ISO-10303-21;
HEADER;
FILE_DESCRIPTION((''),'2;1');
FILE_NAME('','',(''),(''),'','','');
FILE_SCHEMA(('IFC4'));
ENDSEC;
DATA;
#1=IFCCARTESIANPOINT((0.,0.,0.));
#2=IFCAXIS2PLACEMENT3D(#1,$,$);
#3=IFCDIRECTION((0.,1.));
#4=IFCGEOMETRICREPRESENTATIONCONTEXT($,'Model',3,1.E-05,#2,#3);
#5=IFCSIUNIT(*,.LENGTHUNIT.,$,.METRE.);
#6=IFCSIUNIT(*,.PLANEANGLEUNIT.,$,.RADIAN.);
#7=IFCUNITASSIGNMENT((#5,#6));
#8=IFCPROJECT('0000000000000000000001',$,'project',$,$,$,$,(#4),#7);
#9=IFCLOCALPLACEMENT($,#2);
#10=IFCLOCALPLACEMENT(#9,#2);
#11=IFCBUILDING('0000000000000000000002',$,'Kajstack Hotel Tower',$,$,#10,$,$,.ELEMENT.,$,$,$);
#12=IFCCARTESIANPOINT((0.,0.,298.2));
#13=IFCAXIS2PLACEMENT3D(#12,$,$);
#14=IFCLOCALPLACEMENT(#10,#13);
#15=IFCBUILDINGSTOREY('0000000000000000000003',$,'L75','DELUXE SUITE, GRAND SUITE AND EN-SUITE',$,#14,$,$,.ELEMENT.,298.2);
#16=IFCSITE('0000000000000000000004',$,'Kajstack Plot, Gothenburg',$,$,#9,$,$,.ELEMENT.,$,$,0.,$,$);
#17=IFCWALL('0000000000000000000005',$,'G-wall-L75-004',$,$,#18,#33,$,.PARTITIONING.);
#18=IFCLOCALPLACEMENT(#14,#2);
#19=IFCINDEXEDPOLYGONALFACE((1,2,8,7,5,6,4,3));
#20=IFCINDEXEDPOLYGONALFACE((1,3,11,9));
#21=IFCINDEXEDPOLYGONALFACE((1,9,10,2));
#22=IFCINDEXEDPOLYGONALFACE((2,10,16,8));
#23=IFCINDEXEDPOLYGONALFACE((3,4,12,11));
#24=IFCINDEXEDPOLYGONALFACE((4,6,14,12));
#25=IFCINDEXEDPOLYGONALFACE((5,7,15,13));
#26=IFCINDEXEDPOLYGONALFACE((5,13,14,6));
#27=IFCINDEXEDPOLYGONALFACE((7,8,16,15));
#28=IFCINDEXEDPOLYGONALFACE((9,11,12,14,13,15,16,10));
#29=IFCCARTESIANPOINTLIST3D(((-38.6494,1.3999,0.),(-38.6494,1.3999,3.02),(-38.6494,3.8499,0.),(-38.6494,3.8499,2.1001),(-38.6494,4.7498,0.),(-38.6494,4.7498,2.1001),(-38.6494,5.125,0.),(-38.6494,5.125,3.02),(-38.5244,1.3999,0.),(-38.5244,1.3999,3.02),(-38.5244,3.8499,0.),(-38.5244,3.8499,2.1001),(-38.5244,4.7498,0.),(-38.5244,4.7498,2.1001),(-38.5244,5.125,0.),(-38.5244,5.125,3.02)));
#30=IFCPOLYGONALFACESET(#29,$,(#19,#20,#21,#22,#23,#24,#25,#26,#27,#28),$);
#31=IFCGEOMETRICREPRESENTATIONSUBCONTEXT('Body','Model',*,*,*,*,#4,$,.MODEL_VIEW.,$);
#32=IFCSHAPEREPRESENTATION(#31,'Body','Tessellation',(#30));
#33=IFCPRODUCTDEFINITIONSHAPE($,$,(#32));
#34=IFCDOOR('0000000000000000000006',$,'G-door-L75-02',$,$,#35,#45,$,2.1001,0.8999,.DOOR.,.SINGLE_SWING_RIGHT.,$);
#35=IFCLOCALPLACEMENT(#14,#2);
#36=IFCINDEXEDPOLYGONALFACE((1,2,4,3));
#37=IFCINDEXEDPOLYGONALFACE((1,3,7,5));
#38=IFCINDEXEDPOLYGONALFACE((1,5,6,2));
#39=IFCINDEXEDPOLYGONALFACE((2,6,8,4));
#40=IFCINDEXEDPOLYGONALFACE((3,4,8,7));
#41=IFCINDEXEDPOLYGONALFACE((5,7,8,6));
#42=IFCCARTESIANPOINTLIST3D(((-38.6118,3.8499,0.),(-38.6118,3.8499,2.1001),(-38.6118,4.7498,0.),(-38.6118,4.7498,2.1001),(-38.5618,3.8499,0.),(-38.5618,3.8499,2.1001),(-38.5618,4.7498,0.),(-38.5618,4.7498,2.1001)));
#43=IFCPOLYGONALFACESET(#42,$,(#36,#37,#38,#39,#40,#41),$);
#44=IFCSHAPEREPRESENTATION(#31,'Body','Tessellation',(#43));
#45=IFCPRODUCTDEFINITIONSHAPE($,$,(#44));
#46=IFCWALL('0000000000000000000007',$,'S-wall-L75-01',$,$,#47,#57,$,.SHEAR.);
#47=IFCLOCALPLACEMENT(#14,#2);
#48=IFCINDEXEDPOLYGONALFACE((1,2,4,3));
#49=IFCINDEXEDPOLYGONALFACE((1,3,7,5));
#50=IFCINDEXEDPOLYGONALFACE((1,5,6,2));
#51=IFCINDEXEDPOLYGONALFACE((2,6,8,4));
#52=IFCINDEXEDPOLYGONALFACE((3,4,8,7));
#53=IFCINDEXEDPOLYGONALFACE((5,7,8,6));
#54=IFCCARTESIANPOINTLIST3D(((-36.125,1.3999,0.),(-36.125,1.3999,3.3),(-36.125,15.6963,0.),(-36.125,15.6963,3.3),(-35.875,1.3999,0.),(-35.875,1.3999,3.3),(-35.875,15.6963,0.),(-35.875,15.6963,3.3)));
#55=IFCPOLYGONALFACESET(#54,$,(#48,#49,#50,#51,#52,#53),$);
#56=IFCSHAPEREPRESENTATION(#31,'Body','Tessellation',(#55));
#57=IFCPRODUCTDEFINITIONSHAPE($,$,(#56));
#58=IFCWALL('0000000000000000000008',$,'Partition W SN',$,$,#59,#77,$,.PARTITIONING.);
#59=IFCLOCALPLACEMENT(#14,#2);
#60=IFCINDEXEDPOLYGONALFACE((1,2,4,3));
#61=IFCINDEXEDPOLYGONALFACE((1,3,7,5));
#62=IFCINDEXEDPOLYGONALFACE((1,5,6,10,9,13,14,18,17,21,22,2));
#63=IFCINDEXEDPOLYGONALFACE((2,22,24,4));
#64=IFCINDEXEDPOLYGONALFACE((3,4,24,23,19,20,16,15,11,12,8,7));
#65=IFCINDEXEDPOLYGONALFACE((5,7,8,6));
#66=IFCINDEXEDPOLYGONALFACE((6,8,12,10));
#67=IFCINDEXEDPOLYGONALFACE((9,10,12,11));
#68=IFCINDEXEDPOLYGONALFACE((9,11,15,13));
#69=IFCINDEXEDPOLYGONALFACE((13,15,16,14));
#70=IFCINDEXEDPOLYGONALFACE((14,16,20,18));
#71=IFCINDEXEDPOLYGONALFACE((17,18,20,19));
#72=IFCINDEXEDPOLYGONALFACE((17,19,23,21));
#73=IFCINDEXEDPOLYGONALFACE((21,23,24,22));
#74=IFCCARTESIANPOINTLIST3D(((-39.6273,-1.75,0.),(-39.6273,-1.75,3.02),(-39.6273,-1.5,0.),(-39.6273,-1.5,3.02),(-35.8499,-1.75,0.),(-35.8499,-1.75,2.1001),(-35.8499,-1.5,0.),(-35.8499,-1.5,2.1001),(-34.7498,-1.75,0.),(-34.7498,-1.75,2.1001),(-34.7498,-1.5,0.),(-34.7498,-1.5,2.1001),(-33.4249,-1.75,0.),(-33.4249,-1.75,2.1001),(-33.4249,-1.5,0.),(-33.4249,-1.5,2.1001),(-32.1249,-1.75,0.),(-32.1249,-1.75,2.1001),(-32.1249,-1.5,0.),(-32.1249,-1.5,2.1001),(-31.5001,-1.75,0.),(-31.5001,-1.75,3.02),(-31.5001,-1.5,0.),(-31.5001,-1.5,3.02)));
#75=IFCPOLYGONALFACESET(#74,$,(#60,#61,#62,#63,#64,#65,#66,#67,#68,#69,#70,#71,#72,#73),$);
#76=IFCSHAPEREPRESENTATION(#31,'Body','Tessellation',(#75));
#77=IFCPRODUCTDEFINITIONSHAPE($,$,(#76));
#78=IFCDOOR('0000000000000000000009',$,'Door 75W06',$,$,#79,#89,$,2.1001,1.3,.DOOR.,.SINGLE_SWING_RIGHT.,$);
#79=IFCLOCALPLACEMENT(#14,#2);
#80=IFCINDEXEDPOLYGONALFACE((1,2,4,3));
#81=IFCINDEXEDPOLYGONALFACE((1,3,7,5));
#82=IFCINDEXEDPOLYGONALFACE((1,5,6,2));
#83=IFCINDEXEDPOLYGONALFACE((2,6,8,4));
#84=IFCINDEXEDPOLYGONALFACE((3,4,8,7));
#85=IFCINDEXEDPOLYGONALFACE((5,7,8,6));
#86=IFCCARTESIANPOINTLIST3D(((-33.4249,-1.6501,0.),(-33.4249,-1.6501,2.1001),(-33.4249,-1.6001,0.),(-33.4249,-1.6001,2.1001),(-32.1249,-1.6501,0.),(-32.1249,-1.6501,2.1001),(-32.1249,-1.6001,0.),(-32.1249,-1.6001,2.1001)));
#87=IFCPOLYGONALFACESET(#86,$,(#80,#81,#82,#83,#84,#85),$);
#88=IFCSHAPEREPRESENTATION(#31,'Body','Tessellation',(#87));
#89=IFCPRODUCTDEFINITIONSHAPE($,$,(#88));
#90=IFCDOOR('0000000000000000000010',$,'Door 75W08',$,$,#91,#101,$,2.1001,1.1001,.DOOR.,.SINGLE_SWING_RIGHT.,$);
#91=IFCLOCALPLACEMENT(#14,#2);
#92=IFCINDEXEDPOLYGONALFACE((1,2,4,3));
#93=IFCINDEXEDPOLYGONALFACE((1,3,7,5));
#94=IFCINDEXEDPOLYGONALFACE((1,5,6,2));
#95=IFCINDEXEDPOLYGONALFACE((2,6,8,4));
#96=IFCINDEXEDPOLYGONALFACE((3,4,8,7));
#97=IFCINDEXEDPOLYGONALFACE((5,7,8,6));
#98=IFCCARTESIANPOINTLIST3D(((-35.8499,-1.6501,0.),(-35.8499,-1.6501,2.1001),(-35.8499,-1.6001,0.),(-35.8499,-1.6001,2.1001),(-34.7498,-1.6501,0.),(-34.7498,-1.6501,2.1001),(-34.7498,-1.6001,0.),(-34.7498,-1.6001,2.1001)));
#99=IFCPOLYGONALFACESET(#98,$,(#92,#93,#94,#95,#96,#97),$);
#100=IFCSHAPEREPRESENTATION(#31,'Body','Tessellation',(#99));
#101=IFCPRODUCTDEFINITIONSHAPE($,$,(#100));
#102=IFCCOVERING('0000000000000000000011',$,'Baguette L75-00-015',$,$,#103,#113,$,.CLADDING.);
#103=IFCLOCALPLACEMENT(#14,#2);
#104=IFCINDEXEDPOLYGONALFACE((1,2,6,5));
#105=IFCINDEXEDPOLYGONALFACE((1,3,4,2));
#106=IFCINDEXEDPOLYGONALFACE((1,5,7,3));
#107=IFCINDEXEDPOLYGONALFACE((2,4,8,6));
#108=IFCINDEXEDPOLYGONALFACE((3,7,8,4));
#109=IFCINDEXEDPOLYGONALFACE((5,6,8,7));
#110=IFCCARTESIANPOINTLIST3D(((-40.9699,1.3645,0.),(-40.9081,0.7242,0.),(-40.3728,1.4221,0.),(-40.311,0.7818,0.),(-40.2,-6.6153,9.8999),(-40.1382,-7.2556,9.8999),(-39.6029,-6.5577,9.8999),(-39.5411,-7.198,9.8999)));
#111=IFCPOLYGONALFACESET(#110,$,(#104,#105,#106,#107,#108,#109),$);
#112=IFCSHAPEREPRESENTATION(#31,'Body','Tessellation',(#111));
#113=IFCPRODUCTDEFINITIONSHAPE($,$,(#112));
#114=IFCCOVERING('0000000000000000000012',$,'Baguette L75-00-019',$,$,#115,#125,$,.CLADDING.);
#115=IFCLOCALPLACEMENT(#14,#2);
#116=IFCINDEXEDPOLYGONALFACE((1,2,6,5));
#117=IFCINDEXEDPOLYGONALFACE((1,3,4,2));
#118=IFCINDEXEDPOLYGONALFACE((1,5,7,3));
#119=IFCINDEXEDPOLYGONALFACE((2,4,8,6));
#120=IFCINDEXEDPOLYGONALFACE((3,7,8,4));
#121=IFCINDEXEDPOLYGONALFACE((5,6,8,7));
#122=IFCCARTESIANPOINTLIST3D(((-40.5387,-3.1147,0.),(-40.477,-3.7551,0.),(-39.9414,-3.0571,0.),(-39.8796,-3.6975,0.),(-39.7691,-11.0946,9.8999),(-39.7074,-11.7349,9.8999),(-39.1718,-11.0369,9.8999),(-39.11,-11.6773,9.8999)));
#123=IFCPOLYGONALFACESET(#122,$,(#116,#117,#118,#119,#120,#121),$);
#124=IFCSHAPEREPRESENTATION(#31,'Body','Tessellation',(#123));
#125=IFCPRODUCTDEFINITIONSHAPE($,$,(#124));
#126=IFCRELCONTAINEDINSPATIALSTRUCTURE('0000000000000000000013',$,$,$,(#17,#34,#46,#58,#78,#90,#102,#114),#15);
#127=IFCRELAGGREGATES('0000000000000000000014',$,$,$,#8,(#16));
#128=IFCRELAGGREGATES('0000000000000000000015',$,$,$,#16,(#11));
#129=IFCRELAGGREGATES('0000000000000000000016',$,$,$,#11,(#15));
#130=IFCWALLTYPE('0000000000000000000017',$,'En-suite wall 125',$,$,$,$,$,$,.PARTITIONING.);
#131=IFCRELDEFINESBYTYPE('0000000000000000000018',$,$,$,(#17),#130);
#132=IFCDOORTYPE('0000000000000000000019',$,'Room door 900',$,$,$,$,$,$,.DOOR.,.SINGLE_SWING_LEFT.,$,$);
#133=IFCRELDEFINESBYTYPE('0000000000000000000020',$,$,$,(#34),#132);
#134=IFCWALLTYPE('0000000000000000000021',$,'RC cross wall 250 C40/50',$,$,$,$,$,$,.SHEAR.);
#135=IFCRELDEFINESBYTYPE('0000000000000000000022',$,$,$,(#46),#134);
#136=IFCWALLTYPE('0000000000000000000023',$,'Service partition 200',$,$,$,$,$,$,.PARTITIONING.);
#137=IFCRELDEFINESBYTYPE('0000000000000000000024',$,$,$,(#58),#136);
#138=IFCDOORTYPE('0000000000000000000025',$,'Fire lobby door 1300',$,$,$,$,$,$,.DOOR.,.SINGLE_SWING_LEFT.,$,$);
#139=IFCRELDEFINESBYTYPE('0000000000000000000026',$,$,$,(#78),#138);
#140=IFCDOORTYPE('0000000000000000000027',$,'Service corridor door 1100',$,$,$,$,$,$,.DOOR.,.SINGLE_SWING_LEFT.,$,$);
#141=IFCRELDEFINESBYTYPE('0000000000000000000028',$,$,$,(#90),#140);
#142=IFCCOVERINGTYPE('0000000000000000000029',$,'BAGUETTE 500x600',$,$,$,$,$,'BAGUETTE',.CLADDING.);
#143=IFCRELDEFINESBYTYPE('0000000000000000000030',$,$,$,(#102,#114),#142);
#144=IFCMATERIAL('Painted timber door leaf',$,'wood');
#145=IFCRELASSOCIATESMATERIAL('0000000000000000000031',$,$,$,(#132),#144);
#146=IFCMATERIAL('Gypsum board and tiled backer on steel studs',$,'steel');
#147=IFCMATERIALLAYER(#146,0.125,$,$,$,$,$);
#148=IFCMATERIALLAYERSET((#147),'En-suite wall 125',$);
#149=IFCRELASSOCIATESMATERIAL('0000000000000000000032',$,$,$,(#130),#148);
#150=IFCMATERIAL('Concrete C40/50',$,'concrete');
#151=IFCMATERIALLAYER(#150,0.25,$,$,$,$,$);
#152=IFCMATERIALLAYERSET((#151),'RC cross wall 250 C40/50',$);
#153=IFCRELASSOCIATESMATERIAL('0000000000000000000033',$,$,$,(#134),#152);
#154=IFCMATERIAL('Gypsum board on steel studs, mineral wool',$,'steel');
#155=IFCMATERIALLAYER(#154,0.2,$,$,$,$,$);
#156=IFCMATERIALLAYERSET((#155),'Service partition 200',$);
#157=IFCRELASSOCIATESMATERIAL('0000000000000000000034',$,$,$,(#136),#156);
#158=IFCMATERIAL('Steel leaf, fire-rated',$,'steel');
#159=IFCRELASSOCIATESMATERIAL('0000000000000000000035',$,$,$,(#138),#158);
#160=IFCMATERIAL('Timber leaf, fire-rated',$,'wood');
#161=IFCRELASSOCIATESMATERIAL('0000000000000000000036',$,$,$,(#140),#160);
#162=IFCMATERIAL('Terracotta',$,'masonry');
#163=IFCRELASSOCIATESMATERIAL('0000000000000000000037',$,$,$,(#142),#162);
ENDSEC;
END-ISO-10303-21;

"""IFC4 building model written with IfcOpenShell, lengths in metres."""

from ifc_helpers import new_model, si_unit, direction, frame, frame_2d, origin, origin_2d, place, context, subcontext, project, spatial, polyline, rectangle, outline, extrude, material, layer, layer_set, material_profile, profile_set, type_object, element, fill, save


model = new_model("IFC4")

# Units and contexts
model_context = context("Model", 3, precision=1e-05, world=origin(), true_north=direction((0.0, 1.0)))
body_context = subcontext(model_context, "Body", "Model", "MODEL_VIEW")
ifc_project = project(units=[si_unit("LENGTHUNIT", "METRE"), si_unit("PLANEANGLEUNIT", "RADIAN")], contexts=[model_context])

# Site, building, storey
site_placement = place(None, origin())
site = spatial("IfcSite", under=ifc_project, at=site_placement, Name="Kajstack Plot, Gothenburg", CompositionType="ELEMENT", RefElevation=0.0)
building_placement = place(site_placement, origin())
building = spatial("IfcBuilding", under=site, at=building_placement, Name="Kajstack Hotel Tower", CompositionType="ELEMENT")
storey_placement = place(building_placement, frame((0.0, 0.0, 298.2)))
storey = spatial("IfcBuildingStorey", under=building, at=storey_placement, Name="L75", Description="DELUXE SUITE, GRAND SUITE AND EN-SUITE", CompositionType="ELEMENT", Elevation=298.2)

# Shared definitions
ifc_material_1 = material(Name="Gypsum board on steel studs, mineral wool", Category="steel")
ifc_material_2 = material(Name="Painted timber door leaf", Category="wood")
door_type_1 = type_object("IfcDoorType", Name="Room door 900", OperationType="SINGLE_SWING_LEFT", PredefinedType="DOOR", material=ifc_material_2)

# Wall, opening, door
ifc_material_3 = material(Name="Gypsum board and tiled backer on steel studs", Category="steel")
ifc_layer_1 = layer(ifc_material_3, 0.125)
ifc_layer_set_1 = layer_set([ifc_layer_1], Name="En-suite wall 125")
wall_type_1 = type_object("IfcWallType", Name="En-suite wall 125", PredefinedType="PARTITIONING", material=ifc_layer_set_1)
wall_1_placement = place(storey_placement, frame((-38.5869, 1.3999, 0.0), z_axis=(0.0, 0.0, 1.0), x_axis=(0.0, 1.0, 0.0)))
wall_1 = element("IfcWall", 1, at=wall_1_placement, inside=storey, type_object=wall_type_1, Name="G-wall-L75-004", PredefinedType="PARTITIONING", context=body_context, shape_type="SweptSolid", body=[
    extrude(rectangle(XDim=3.7251, YDim=0.125, at=frame_2d((1.8625, 0.0))), origin(), (0.0, 0.0, 1.0), 3.02),
])
opening_1_placement = place(wall_1_placement, frame((2.45, 0.0, 0.0)))
opening_1 = element("IfcOpeningElement", 2, at=opening_1_placement, cuts=wall_1, PredefinedType="OPENING", context=body_context, shape_type="SweptSolid", body=[
    extrude(rectangle(XDim=0.8999, YDim=2.1001, at=frame_2d((0.45, 1.05))), frame((0.0, 0.0725, 0.0), z_axis=(0.0, -1.0, 0.0), x_axis=(1.0, 0.0, 0.0)), (0.0, 0.0, 1.0), 0.145),
])
door_1_placement = place(opening_1_placement, origin())
door_1 = element("IfcDoor", 3, at=door_1_placement, inside=storey, type_object=door_type_1, Name="G-door-L75-02", OperationType="SINGLE_SWING_RIGHT", OverallHeight=2.1001, OverallWidth=0.8999, PredefinedType="DOOR", context=body_context, shape_type="SweptSolid", body=[
    extrude(rectangle(XDim=0.8999, YDim=2.1001, at=frame_2d((0.45, 1.05))), frame((0.0, 0.0249, 0.0), z_axis=(0.0, -1.0, 0.0), x_axis=(1.0, 0.0, 0.0)), (0.0, 0.0, 1.0), 0.05),
])
fill(opening_1, door_1)

# Wall
ifc_material_4 = material(Name="Concrete C40/50", Category="concrete")
ifc_layer_2 = layer(ifc_material_4, 0.25)
ifc_layer_set_2 = layer_set([ifc_layer_2], Name="RC cross wall 250 C40/50")
wall_type_2 = type_object("IfcWallType", Name="RC cross wall 250 C40/50", PredefinedType="SHEAR", material=ifc_layer_set_2)
wall_2_placement = place(storey_placement, frame((-36.0, 1.3999, 0.0), z_axis=(0.0, 0.0, 1.0), x_axis=(0.0, 1.0, 0.0)))
element("IfcWall", 4, at=wall_2_placement, inside=storey, type_object=wall_type_2, Name="S-wall-L75-01", PredefinedType="SHEAR", context=body_context, shape_type="SweptSolid", body=[
    extrude(rectangle(XDim=14.2964, YDim=0.25, at=frame_2d((7.1482, 0.0))), origin(), (0.0, 0.0, 1.0), 3.3),
])

# Wall, openings, doors
ifc_layer_3 = layer(ifc_material_1, 0.2)
ifc_layer_set_3 = layer_set([ifc_layer_3], Name="Service partition 200")
wall_type_3 = type_object("IfcWallType", Name="Service partition 200", PredefinedType="PARTITIONING", material=ifc_layer_set_3)
wall_3_placement = place(storey_placement, frame((-39.6272, -1.625, 0.0), z_axis=(0.0, 0.0, 1.0), x_axis=(1.0, 0.0, 0.0)))
wall_3 = element("IfcWall", 5, at=wall_3_placement, inside=storey, type_object=wall_type_3, Name="Partition W SN", PredefinedType="PARTITIONING", context=body_context, shape_type="SweptSolid", body=[
    extrude(rectangle(XDim=8.1272, YDim=0.25, at=frame_2d((4.0635, 0.0))), origin(), (0.0, 0.0, 1.0), 3.02),
])
opening_2_placement = place(wall_3_placement, frame((6.2024, 0.0, 0.0)))
opening_2 = element("IfcOpeningElement", 6, at=opening_2_placement, cuts=wall_3, PredefinedType="OPENING", context=body_context, shape_type="SweptSolid", body=[
    extrude(rectangle(XDim=1.3, YDim=2.1001, at=frame_2d((0.6499, 1.05))), frame((0.0, 0.135, 0.0), z_axis=(0.0, -1.0, 0.0), x_axis=(1.0, 0.0, 0.0)), (0.0, 0.0, 1.0), 0.27),
])
opening_3_placement = place(wall_3_placement, frame((3.7773, 0.0, 0.0)))
opening_3 = element("IfcOpeningElement", 7, at=opening_3_placement, cuts=wall_3, PredefinedType="OPENING", context=body_context, shape_type="SweptSolid", body=[
    extrude(rectangle(XDim=1.1001, YDim=2.1001, at=frame_2d((0.55, 1.05))), frame((0.0, 0.135, 0.0), z_axis=(0.0, -1.0, 0.0), x_axis=(1.0, 0.0, 0.0)), (0.0, 0.0, 1.0), 0.27),
])
ifc_material_5 = material(Name="Steel leaf, fire-rated", Category="steel")
door_type_2 = type_object("IfcDoorType", Name="Fire lobby door 1300", OperationType="SINGLE_SWING_LEFT", PredefinedType="DOOR", material=ifc_material_5)
door_2_placement = place(opening_2_placement, origin())
door_2 = element("IfcDoor", 8, at=door_2_placement, inside=storey, type_object=door_type_2, Name="Door 75W06", OperationType="SINGLE_SWING_RIGHT", OverallHeight=2.1001, OverallWidth=1.3, PredefinedType="DOOR", context=body_context, shape_type="SweptSolid", body=[
    extrude(rectangle(XDim=1.3, YDim=2.1001, at=frame_2d((0.6499, 1.05))), frame((0.0, 0.0249, 0.0), z_axis=(0.0, -1.0, 0.0), x_axis=(1.0, 0.0, 0.0)), (0.0, 0.0, 1.0), 0.05),
])
fill(opening_2, door_2)
ifc_material_6 = material(Name="Timber leaf, fire-rated", Category="wood")
door_type_3 = type_object("IfcDoorType", Name="Service corridor door 1100", OperationType="SINGLE_SWING_LEFT", PredefinedType="DOOR", material=ifc_material_6)
door_3_placement = place(opening_3_placement, origin())
door_3 = element("IfcDoor", 9, at=door_3_placement, inside=storey, type_object=door_type_3, Name="Door 75W08", OperationType="SINGLE_SWING_RIGHT", OverallHeight=2.1001, OverallWidth=1.1001, PredefinedType="DOOR", context=body_context, shape_type="SweptSolid", body=[
    extrude(rectangle(XDim=1.1001, YDim=2.1001, at=frame_2d((0.55, 1.05))), frame((0.0, 0.0249, 0.0), z_axis=(0.0, -1.0, 0.0), x_axis=(1.0, 0.0, 0.0)), (0.0, 0.0, 1.0), 0.05),
])
fill(opening_3, door_3)

# Coverings
ifc_material_7 = material(Name="Terracotta", Category="masonry")
ifc_material_profile = material_profile(ifc_material_7, rectangle(XDim=0.6001, YDim=0.5, at=origin_2d()), Name="Terracotta-clad concrete baguette 500 x 600")
ifc_profile_set = profile_set([ifc_material_profile], Name="Terracotta")
covering_type = type_object("IfcCoveringType", Name="BAGUETTE 500x600", ElementType="BAGUETTE", PredefinedType="CLADDING", material=ifc_profile_set)
covering_1_placement = place(storey_placement, frame((-40.3728, 1.4221, 0.0), z_axis=(-0.995378, -0.096038, 0.0), x_axis=(0.096038, -0.995378, 0.0)))
element("IfcCovering", 10, at=covering_1_placement, inside=storey, type_object=covering_type, Name="Baguette L75-00-015", PredefinedType="CLADDING", context=body_context, shape_type="SweptSolid", body=[
    extrude(outline(polyline([(8.0168, 9.8999), (0.0, 0.0), (0.6433, 0.0), (8.6602, 9.8999), (8.0168, 9.8999)])), origin(), (0.0, 0.0, 1.0), 0.5999),
])
covering_2_placement = place(storey_placement, frame((-39.9414, -3.0571, 0.0), z_axis=(-0.995381, -0.095999, 0.0), x_axis=(0.095999, -0.995381, 0.0)))
element("IfcCovering", 11, at=covering_2_placement, inside=storey, type_object=covering_type, Name="Baguette L75-00-019", PredefinedType="CLADDING", context=body_context, shape_type="SweptSolid", body=[
    extrude(outline(polyline([(8.0168, 9.8999), (0.0, 0.0), (0.6433, 0.0), (8.6602, 9.8999), (8.0168, 9.8999)])), origin(), (0.0, 0.0, 1.0), 0.6001),
])

save(model, "model.ifc")
